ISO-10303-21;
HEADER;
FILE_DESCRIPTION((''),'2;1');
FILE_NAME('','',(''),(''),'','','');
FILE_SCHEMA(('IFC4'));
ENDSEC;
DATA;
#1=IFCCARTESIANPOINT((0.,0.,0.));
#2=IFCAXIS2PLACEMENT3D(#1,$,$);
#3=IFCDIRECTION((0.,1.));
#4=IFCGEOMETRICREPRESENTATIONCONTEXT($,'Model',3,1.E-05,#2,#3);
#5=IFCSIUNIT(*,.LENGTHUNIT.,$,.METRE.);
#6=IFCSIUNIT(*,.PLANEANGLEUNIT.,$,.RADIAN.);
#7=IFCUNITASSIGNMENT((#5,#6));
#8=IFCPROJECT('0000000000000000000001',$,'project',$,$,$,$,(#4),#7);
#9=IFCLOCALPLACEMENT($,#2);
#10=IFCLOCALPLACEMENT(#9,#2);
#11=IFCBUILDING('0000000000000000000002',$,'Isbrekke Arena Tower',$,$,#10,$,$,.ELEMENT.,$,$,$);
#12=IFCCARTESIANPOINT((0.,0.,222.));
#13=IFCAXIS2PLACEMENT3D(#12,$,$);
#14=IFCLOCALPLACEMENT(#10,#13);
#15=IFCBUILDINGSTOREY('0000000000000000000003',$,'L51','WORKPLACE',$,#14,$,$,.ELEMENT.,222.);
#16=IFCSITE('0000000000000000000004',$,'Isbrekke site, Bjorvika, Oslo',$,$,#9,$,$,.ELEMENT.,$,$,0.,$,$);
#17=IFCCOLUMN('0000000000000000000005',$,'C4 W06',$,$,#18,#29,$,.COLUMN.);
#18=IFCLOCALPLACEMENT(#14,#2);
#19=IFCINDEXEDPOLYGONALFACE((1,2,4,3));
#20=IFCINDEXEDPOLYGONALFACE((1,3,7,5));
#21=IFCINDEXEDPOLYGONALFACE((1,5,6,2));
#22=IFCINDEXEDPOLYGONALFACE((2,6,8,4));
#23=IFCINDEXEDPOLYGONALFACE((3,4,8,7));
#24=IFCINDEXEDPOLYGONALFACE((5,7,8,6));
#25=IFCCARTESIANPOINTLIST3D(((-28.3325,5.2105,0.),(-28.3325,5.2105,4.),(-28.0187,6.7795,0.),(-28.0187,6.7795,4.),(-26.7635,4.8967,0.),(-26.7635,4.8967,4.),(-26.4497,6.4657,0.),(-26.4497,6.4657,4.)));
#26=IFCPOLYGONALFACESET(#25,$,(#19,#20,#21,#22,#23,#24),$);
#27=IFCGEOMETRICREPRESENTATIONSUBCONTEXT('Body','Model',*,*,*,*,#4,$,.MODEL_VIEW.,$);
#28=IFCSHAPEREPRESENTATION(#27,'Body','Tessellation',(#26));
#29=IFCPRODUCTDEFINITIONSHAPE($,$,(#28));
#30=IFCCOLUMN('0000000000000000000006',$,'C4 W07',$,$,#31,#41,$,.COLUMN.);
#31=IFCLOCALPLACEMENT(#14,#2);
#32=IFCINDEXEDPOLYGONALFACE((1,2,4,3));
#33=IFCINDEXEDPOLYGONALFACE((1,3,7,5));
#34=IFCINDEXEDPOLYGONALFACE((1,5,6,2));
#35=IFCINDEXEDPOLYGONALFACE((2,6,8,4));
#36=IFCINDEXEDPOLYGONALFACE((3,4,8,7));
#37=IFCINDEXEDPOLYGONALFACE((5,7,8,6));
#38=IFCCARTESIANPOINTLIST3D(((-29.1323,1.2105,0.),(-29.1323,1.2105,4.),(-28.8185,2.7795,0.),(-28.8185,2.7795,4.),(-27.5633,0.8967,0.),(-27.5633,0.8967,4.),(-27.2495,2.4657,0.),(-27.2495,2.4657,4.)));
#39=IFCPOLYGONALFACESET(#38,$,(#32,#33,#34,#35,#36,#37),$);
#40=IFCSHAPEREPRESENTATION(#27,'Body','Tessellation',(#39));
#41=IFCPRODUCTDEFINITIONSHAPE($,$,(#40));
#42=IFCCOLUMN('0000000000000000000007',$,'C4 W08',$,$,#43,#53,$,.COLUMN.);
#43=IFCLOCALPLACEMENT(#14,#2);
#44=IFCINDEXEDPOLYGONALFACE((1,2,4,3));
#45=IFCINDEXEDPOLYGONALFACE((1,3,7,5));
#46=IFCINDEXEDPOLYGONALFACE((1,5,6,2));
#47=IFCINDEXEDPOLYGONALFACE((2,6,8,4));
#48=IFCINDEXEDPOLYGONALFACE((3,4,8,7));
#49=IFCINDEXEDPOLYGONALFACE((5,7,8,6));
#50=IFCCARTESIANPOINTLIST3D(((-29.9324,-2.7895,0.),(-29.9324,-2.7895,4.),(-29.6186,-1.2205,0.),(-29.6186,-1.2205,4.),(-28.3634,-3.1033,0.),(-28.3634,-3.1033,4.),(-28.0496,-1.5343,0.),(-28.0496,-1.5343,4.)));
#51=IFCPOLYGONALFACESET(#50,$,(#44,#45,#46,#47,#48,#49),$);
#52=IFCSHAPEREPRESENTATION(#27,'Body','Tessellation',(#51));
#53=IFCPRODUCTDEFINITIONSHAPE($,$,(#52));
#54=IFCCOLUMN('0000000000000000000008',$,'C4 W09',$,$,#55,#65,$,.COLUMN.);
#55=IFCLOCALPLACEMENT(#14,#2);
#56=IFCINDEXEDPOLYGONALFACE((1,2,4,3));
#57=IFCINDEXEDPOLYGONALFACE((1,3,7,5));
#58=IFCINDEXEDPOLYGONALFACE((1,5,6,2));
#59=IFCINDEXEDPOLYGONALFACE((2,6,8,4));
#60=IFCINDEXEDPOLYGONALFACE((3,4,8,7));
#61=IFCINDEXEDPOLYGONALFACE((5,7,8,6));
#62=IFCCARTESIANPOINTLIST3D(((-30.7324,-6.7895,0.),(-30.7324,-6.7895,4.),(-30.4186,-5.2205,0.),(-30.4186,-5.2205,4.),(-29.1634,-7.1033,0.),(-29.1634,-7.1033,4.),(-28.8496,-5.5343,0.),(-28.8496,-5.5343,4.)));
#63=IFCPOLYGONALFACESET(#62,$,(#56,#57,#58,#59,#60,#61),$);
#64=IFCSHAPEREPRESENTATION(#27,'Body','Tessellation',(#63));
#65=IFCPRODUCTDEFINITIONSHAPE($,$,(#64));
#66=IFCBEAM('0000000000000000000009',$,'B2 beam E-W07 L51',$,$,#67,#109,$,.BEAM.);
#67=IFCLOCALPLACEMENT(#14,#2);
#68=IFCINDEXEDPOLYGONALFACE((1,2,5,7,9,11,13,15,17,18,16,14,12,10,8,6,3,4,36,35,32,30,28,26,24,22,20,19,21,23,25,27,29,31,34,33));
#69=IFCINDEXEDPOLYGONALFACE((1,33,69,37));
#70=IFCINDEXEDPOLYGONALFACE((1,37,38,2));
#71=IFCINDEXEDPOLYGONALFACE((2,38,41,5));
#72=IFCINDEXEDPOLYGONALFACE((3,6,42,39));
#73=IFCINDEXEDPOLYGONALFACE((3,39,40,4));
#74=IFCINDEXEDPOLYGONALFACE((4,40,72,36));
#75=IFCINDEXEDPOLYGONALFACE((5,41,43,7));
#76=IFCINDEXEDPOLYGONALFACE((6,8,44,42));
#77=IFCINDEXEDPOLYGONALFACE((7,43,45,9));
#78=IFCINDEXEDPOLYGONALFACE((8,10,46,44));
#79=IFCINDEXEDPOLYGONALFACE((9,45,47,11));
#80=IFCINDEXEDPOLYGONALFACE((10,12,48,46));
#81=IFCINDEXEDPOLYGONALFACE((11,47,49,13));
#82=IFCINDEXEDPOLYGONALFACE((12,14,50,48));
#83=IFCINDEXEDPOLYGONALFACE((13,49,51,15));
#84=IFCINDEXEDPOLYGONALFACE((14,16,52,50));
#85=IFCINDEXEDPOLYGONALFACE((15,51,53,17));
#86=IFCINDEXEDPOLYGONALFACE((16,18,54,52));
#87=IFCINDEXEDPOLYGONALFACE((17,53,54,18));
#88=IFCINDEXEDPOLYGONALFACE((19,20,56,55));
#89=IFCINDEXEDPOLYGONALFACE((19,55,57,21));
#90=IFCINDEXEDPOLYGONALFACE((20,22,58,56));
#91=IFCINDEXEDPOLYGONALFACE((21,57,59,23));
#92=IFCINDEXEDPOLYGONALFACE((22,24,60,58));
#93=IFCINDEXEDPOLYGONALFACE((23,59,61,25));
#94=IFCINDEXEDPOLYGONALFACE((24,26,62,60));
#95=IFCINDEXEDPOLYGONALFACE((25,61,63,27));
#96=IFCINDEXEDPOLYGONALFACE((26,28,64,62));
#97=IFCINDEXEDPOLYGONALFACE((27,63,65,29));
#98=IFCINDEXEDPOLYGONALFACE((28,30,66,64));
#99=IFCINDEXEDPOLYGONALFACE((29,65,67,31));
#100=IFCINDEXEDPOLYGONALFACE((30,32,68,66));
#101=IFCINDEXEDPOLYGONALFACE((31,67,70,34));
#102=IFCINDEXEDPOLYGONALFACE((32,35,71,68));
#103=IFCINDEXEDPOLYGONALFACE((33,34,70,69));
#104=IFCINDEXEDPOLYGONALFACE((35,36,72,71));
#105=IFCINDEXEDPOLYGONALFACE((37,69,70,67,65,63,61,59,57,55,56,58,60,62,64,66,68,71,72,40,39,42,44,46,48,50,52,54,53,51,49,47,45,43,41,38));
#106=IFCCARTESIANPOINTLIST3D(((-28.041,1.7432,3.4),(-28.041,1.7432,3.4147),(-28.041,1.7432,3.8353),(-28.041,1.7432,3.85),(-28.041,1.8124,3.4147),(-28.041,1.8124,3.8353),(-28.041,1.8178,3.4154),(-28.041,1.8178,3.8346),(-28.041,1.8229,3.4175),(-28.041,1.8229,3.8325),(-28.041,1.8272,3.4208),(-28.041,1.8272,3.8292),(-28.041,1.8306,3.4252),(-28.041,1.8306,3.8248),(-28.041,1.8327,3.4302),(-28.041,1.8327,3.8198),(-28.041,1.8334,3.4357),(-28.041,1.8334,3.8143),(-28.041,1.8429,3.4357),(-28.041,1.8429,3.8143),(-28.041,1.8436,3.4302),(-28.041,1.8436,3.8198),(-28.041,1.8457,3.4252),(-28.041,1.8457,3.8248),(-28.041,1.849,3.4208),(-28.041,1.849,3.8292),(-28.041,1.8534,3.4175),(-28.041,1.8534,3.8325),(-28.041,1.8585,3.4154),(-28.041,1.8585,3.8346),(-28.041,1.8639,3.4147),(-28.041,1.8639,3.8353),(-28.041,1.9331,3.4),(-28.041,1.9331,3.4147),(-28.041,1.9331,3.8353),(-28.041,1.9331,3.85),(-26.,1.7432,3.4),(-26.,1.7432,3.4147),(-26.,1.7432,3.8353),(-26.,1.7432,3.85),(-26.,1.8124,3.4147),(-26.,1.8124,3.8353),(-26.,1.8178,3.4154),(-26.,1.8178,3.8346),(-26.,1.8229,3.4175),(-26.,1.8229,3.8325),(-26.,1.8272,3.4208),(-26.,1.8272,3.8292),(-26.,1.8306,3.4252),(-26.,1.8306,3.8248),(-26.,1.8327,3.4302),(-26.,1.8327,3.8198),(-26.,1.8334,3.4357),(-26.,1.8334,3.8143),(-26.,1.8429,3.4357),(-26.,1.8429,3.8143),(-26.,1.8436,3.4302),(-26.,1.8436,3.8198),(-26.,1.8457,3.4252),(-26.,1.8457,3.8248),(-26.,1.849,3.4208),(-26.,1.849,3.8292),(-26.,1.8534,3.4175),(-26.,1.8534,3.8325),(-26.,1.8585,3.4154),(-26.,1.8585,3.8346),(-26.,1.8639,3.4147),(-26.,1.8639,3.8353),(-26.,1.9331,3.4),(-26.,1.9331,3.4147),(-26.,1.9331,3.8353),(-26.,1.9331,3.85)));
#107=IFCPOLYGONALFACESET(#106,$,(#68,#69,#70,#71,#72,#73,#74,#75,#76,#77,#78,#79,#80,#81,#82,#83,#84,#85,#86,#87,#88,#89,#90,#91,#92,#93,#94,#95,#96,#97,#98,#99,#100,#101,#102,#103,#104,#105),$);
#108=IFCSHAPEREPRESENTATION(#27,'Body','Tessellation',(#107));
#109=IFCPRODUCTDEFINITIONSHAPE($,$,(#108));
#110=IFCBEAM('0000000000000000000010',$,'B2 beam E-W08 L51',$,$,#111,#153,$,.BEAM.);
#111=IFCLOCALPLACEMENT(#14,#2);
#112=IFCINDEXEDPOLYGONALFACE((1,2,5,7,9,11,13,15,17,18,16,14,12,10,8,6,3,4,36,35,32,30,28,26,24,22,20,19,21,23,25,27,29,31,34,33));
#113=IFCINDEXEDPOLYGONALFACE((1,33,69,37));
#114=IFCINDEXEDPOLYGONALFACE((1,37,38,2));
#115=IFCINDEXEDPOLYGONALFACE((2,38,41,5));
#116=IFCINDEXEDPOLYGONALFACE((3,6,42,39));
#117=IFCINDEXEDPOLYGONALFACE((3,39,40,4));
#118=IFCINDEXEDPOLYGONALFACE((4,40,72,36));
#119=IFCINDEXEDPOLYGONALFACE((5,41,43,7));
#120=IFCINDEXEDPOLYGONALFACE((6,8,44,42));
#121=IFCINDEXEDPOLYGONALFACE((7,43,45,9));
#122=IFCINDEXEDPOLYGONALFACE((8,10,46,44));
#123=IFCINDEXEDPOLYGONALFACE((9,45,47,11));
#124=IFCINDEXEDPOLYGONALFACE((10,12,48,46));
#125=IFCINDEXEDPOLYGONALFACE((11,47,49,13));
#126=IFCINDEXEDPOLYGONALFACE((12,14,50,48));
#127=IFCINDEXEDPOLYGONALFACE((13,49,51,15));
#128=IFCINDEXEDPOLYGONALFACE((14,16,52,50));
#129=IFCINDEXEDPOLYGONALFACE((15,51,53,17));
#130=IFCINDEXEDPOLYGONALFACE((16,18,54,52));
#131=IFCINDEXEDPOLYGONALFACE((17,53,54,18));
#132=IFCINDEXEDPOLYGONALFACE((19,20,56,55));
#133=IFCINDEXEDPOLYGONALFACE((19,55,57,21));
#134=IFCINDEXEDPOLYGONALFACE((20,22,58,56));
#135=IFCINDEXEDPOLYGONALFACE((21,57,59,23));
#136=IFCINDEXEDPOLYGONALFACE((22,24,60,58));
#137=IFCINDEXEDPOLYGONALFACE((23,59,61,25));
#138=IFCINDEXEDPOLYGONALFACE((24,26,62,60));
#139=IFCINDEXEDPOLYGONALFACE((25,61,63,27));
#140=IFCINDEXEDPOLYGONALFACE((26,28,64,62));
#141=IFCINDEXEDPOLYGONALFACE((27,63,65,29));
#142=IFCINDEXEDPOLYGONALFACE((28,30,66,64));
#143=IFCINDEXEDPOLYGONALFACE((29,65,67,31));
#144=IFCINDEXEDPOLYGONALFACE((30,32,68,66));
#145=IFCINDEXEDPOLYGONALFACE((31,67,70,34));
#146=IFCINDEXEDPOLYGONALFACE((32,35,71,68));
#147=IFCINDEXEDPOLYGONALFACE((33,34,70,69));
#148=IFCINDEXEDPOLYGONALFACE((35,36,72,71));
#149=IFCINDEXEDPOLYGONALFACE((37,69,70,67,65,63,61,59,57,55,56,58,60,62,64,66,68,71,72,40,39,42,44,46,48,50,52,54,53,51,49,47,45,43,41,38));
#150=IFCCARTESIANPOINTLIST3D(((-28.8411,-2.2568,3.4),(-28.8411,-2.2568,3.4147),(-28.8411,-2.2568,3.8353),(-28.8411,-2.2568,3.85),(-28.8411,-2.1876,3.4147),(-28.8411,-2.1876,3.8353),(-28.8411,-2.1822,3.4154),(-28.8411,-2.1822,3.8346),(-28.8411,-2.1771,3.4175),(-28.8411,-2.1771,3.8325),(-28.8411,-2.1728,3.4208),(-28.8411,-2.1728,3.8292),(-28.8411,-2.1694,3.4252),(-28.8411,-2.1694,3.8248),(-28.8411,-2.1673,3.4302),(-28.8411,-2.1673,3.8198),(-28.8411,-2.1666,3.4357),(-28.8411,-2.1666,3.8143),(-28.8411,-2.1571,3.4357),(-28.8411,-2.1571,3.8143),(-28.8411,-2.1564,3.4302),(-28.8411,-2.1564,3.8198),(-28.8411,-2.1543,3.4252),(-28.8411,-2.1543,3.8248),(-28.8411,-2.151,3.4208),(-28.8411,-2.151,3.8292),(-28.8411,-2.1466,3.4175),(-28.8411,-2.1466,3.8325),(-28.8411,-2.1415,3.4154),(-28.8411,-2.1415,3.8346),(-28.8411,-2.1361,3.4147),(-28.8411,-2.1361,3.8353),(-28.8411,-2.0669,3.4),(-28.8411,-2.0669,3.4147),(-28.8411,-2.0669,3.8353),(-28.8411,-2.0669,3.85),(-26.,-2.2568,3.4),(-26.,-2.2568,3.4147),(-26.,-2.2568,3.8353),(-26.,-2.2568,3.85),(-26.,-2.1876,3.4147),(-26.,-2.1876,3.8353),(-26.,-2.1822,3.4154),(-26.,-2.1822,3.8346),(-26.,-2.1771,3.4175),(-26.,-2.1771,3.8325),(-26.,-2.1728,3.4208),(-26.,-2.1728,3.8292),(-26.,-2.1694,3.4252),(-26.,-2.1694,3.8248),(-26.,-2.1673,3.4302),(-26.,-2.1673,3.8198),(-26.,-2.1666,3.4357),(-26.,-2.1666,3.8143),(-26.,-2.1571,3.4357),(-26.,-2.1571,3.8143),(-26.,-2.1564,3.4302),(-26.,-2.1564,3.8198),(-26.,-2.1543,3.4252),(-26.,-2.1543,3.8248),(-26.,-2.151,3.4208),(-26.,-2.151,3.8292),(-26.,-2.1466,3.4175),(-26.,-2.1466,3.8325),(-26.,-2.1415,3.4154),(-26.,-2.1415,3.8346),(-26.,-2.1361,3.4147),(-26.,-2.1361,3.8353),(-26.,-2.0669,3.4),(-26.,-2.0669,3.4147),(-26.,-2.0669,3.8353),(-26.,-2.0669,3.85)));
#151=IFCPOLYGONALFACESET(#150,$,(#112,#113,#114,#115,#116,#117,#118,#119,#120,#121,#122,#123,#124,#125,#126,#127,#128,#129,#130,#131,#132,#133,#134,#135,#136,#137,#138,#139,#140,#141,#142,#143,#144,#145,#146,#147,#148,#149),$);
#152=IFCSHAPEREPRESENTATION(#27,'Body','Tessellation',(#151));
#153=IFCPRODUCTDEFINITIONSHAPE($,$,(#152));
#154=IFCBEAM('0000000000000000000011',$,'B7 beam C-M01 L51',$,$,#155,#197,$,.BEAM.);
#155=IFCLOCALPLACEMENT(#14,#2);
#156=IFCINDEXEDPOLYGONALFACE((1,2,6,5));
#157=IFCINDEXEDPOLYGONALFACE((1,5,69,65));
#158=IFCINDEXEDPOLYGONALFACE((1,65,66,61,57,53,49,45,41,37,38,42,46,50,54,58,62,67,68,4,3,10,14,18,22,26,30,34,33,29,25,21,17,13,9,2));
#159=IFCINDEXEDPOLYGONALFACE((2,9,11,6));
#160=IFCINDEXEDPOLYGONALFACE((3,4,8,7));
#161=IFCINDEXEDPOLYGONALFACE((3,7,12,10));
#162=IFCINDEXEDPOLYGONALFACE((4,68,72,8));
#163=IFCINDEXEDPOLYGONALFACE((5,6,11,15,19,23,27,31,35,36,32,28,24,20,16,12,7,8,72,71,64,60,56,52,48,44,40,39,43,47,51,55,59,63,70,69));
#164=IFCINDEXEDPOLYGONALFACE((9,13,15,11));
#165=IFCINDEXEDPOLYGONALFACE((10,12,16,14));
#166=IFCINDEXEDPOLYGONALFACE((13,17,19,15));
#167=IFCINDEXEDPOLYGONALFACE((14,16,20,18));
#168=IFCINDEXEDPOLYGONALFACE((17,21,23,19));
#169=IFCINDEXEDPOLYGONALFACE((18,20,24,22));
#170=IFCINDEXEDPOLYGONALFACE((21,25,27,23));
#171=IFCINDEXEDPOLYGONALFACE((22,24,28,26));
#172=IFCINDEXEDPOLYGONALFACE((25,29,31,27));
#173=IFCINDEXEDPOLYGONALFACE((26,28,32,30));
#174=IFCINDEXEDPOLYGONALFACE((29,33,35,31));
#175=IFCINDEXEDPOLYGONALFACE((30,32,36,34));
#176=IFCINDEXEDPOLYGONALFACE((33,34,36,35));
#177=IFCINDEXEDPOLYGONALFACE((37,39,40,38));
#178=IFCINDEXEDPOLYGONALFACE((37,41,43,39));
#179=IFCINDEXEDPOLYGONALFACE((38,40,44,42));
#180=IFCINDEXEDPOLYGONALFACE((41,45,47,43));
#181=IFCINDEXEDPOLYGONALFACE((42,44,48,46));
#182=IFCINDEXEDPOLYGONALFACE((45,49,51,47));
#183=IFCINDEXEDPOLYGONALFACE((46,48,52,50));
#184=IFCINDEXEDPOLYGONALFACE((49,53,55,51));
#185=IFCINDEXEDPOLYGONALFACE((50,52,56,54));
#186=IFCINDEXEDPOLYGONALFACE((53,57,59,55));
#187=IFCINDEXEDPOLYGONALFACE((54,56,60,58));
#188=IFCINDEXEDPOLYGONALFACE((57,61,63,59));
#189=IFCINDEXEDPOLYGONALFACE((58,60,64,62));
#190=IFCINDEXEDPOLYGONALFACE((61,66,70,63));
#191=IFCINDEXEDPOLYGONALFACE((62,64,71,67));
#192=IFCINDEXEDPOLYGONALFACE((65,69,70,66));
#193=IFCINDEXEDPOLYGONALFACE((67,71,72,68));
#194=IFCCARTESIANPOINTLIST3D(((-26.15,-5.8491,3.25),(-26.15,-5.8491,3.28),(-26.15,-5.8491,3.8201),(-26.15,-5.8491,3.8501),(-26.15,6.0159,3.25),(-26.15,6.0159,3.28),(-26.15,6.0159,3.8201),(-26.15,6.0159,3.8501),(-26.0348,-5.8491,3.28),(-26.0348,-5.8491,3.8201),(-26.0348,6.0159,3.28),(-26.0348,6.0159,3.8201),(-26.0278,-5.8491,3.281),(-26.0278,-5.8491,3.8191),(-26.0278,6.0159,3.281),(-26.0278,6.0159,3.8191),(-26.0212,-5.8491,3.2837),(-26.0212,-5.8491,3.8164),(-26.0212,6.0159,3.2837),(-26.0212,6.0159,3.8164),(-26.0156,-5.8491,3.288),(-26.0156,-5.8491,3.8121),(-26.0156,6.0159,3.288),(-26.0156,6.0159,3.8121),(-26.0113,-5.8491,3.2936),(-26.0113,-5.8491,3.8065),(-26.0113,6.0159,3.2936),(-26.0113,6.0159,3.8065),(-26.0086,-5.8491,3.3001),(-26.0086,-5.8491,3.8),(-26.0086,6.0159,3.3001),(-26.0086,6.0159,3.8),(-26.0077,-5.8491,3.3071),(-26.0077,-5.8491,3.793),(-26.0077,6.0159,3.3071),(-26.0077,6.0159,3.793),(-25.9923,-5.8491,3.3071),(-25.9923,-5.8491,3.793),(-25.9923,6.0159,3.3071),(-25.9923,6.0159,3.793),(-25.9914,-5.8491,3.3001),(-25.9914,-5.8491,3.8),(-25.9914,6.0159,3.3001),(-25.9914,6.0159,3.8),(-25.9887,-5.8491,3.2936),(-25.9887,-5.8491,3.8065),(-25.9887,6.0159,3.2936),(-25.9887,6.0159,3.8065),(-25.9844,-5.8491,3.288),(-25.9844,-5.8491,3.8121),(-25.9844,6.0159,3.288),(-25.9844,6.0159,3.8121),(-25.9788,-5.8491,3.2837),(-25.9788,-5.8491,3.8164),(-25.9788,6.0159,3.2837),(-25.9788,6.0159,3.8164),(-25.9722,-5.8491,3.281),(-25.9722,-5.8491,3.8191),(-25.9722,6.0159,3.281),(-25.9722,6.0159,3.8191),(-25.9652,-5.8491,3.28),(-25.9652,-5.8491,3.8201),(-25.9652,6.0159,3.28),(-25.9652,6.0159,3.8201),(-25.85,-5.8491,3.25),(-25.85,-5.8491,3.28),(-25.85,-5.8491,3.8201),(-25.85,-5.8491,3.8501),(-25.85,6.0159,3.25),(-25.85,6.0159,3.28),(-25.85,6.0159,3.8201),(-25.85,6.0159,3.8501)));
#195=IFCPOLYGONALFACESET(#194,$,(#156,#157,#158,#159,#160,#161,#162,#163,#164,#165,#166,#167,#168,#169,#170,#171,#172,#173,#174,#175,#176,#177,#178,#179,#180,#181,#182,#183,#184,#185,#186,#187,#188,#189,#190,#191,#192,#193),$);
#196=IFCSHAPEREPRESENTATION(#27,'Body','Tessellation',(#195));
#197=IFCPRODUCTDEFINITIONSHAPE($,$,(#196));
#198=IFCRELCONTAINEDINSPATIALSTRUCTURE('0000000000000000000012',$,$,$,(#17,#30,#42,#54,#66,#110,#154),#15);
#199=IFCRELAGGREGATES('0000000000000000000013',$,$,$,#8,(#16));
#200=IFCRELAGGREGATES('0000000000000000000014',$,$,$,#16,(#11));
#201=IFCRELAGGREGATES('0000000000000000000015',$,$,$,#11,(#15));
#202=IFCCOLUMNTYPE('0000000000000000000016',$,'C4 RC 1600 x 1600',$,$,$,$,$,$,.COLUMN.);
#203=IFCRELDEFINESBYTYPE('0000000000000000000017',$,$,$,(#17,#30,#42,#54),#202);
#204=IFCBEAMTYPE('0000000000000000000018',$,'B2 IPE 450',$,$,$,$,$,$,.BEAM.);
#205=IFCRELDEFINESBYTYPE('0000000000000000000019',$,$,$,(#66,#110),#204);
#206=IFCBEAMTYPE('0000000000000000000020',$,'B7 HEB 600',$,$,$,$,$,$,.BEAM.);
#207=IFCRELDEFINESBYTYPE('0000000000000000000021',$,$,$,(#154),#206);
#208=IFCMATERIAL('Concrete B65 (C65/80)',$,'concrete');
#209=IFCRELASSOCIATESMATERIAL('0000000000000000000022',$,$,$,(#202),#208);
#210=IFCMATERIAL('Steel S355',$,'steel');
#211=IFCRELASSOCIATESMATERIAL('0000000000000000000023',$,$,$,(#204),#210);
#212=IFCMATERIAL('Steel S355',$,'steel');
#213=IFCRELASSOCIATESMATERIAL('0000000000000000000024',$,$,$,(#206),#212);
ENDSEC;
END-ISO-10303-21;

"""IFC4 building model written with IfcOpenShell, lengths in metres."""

from ifc_helpers import new_model, si_unit, direction, frame, origin, origin_2d, place, context, subcontext, project, spatial, rectangle, i_section, extrude, material, material_profile, profile_set, type_object, element, save


model = new_model("IFC4")

# Units and contexts
model_context = context("Model", 3, precision=1e-05, world=origin(), true_north=direction((0.0, 1.0)))
body_context = subcontext(model_context, "Body", "Model", "MODEL_VIEW")
ifc_project = project(units=[si_unit("LENGTHUNIT", "METRE"), si_unit("PLANEANGLEUNIT", "RADIAN")], contexts=[model_context])

# Site, building, storey
site_placement = place(None, origin())
site = spatial("IfcSite", under=ifc_project, at=site_placement, Name="Isbrekke site, Bjorvika, Oslo", CompositionType="ELEMENT", RefElevation=0.0)
building_placement = place(site_placement, origin())
building = spatial("IfcBuilding", under=site, at=building_placement, Name="Isbrekke Arena Tower", CompositionType="ELEMENT")
storey_placement = place(building_placement, frame((0.0, 0.0, 222.0)))
storey = spatial("IfcBuildingStorey", under=building, at=storey_placement, Name="L51", Description="WORKPLACE", CompositionType="ELEMENT", Elevation=222.0)

# Columns
ifc_material_1 = material(Name="Concrete B65 (C65/80)", Category="concrete")
ifc_material_profile_1 = material_profile(ifc_material_1, rectangle(XDim=1.6001, YDim=1.6001, at=origin_2d()), Name="RC 1600x1600")
ifc_profile_set_1 = profile_set([ifc_material_profile_1], Name="Concrete B65 (C65/80)")
column_type = type_object("IfcColumnType", Name="C4 RC 1600 x 1600", PredefinedType="COLUMN", material=ifc_profile_set_1)
for number, where, z_axis, x_axis, name in (
    (1, (-27.3911, 5.8381, 0.0), (0.0, 0.0, 1.0), (-0.196116, -0.980581, 0.0), "C4 W06"),
    (2, (-28.1909, 1.8381, 0.0), (0.0, 0.0, 1.0), (-0.196116, -0.980581, 0.0), "C4 W07"),
    (3, (-28.991, -2.1619, 0.0), (0.0, 0.0, 1.0), (-0.196116, -0.980581, 0.0), "C4 W08"),
    (4, (-29.791, -6.1619, 0.0), (0.0, 0.0, 1.0), (-0.196116, -0.980581, 0.0), "C4 W09"),
):
    element("IfcColumn", number, at=place(storey_placement, frame(where, z_axis=z_axis, x_axis=x_axis)), inside=storey, type_object=column_type, Name=name, PredefinedType="COLUMN", context=body_context, shape_type="SweptSolid", body=[
        extrude(rectangle(XDim=1.6001, YDim=1.6001, at=origin_2d()), origin(), (0.0, 0.0, 1.0), 4.0),
    ])

# Beams
ifc_material_2 = material(Name="Steel S355", Category="steel")
ifc_material_profile_2 = material_profile(ifc_material_2, i_section(OverallWidth=0.1899, OverallDepth=0.45, WebThickness=0.0095, FlangeThickness=0.0146, FilletRadius=0.021, at=origin_2d()), Name="IPE 450")
ifc_profile_set_2 = profile_set([ifc_material_profile_2], Name="Steel S355")
beam_type_1 = type_object("IfcBeamType", Name="B2 IPE 450", PredefinedType="BEAM", material=ifc_profile_set_2)
beam_1_placement = place(storey_placement, frame((-28.041, 1.8381, 3.625), z_axis=(1.0, 0.0, 0.0), x_axis=(0.0, 1.0, 0.0)))
element("IfcBeam", 5, at=beam_1_placement, inside=storey, type_object=beam_type_1, Name="B2 beam E-W07 L51", PredefinedType="BEAM", context=body_context, shape_type="SweptSolid", body=[
    extrude(i_section(OverallWidth=0.1899, OverallDepth=0.45, WebThickness=0.0095, FlangeThickness=0.0146, FilletRadius=0.021, at=origin_2d()), origin(), (0.0, 0.0, 1.0), 2.041),
])
beam_2_placement = place(storey_placement, frame((-28.8411, -2.1619, 3.625), z_axis=(1.0, 0.0, 0.0), x_axis=(0.0, 1.0, 0.0)))
element("IfcBeam", 6, at=beam_2_placement, inside=storey, type_object=beam_type_1, Name="B2 beam E-W08 L51", PredefinedType="BEAM", context=body_context, shape_type="SweptSolid", body=[
    extrude(i_section(OverallWidth=0.1899, OverallDepth=0.45, WebThickness=0.0095, FlangeThickness=0.0146, FilletRadius=0.021, at=origin_2d()), origin(), (0.0, 0.0, 1.0), 2.8411),
])
ifc_material_3 = material(Name="Steel S355", Category="steel")
ifc_material_profile_3 = material_profile(ifc_material_3, i_section(OverallWidth=0.3, OverallDepth=0.6001, WebThickness=0.0154, FlangeThickness=0.03, FilletRadius=0.0271, at=origin_2d()), Name="HEB 600")
ifc_profile_set_3 = profile_set([ifc_material_profile_3], Name="Steel S355")
beam_type_2 = type_object("IfcBeamType", Name="B7 HEB 600", PredefinedType="BEAM", material=ifc_profile_set_3)
beam_3_placement = place(storey_placement, frame((-26.0, -5.8491, 3.55), z_axis=(0.0, 1.0, 0.0), x_axis=(-1.0, 0.0, 0.0)))
element("IfcBeam", 7, at=beam_3_placement, inside=storey, type_object=beam_type_2, Name="B7 beam C-M01 L51", PredefinedType="BEAM", context=body_context, shape_type="SweptSolid", body=[
    extrude(i_section(OverallWidth=0.3, OverallDepth=0.6001, WebThickness=0.0154, FlangeThickness=0.03, FilletRadius=0.0271, at=origin_2d()), origin(), (0.0, 0.0, 1.0), 11.865),
])

save(model, "model.ifc")
